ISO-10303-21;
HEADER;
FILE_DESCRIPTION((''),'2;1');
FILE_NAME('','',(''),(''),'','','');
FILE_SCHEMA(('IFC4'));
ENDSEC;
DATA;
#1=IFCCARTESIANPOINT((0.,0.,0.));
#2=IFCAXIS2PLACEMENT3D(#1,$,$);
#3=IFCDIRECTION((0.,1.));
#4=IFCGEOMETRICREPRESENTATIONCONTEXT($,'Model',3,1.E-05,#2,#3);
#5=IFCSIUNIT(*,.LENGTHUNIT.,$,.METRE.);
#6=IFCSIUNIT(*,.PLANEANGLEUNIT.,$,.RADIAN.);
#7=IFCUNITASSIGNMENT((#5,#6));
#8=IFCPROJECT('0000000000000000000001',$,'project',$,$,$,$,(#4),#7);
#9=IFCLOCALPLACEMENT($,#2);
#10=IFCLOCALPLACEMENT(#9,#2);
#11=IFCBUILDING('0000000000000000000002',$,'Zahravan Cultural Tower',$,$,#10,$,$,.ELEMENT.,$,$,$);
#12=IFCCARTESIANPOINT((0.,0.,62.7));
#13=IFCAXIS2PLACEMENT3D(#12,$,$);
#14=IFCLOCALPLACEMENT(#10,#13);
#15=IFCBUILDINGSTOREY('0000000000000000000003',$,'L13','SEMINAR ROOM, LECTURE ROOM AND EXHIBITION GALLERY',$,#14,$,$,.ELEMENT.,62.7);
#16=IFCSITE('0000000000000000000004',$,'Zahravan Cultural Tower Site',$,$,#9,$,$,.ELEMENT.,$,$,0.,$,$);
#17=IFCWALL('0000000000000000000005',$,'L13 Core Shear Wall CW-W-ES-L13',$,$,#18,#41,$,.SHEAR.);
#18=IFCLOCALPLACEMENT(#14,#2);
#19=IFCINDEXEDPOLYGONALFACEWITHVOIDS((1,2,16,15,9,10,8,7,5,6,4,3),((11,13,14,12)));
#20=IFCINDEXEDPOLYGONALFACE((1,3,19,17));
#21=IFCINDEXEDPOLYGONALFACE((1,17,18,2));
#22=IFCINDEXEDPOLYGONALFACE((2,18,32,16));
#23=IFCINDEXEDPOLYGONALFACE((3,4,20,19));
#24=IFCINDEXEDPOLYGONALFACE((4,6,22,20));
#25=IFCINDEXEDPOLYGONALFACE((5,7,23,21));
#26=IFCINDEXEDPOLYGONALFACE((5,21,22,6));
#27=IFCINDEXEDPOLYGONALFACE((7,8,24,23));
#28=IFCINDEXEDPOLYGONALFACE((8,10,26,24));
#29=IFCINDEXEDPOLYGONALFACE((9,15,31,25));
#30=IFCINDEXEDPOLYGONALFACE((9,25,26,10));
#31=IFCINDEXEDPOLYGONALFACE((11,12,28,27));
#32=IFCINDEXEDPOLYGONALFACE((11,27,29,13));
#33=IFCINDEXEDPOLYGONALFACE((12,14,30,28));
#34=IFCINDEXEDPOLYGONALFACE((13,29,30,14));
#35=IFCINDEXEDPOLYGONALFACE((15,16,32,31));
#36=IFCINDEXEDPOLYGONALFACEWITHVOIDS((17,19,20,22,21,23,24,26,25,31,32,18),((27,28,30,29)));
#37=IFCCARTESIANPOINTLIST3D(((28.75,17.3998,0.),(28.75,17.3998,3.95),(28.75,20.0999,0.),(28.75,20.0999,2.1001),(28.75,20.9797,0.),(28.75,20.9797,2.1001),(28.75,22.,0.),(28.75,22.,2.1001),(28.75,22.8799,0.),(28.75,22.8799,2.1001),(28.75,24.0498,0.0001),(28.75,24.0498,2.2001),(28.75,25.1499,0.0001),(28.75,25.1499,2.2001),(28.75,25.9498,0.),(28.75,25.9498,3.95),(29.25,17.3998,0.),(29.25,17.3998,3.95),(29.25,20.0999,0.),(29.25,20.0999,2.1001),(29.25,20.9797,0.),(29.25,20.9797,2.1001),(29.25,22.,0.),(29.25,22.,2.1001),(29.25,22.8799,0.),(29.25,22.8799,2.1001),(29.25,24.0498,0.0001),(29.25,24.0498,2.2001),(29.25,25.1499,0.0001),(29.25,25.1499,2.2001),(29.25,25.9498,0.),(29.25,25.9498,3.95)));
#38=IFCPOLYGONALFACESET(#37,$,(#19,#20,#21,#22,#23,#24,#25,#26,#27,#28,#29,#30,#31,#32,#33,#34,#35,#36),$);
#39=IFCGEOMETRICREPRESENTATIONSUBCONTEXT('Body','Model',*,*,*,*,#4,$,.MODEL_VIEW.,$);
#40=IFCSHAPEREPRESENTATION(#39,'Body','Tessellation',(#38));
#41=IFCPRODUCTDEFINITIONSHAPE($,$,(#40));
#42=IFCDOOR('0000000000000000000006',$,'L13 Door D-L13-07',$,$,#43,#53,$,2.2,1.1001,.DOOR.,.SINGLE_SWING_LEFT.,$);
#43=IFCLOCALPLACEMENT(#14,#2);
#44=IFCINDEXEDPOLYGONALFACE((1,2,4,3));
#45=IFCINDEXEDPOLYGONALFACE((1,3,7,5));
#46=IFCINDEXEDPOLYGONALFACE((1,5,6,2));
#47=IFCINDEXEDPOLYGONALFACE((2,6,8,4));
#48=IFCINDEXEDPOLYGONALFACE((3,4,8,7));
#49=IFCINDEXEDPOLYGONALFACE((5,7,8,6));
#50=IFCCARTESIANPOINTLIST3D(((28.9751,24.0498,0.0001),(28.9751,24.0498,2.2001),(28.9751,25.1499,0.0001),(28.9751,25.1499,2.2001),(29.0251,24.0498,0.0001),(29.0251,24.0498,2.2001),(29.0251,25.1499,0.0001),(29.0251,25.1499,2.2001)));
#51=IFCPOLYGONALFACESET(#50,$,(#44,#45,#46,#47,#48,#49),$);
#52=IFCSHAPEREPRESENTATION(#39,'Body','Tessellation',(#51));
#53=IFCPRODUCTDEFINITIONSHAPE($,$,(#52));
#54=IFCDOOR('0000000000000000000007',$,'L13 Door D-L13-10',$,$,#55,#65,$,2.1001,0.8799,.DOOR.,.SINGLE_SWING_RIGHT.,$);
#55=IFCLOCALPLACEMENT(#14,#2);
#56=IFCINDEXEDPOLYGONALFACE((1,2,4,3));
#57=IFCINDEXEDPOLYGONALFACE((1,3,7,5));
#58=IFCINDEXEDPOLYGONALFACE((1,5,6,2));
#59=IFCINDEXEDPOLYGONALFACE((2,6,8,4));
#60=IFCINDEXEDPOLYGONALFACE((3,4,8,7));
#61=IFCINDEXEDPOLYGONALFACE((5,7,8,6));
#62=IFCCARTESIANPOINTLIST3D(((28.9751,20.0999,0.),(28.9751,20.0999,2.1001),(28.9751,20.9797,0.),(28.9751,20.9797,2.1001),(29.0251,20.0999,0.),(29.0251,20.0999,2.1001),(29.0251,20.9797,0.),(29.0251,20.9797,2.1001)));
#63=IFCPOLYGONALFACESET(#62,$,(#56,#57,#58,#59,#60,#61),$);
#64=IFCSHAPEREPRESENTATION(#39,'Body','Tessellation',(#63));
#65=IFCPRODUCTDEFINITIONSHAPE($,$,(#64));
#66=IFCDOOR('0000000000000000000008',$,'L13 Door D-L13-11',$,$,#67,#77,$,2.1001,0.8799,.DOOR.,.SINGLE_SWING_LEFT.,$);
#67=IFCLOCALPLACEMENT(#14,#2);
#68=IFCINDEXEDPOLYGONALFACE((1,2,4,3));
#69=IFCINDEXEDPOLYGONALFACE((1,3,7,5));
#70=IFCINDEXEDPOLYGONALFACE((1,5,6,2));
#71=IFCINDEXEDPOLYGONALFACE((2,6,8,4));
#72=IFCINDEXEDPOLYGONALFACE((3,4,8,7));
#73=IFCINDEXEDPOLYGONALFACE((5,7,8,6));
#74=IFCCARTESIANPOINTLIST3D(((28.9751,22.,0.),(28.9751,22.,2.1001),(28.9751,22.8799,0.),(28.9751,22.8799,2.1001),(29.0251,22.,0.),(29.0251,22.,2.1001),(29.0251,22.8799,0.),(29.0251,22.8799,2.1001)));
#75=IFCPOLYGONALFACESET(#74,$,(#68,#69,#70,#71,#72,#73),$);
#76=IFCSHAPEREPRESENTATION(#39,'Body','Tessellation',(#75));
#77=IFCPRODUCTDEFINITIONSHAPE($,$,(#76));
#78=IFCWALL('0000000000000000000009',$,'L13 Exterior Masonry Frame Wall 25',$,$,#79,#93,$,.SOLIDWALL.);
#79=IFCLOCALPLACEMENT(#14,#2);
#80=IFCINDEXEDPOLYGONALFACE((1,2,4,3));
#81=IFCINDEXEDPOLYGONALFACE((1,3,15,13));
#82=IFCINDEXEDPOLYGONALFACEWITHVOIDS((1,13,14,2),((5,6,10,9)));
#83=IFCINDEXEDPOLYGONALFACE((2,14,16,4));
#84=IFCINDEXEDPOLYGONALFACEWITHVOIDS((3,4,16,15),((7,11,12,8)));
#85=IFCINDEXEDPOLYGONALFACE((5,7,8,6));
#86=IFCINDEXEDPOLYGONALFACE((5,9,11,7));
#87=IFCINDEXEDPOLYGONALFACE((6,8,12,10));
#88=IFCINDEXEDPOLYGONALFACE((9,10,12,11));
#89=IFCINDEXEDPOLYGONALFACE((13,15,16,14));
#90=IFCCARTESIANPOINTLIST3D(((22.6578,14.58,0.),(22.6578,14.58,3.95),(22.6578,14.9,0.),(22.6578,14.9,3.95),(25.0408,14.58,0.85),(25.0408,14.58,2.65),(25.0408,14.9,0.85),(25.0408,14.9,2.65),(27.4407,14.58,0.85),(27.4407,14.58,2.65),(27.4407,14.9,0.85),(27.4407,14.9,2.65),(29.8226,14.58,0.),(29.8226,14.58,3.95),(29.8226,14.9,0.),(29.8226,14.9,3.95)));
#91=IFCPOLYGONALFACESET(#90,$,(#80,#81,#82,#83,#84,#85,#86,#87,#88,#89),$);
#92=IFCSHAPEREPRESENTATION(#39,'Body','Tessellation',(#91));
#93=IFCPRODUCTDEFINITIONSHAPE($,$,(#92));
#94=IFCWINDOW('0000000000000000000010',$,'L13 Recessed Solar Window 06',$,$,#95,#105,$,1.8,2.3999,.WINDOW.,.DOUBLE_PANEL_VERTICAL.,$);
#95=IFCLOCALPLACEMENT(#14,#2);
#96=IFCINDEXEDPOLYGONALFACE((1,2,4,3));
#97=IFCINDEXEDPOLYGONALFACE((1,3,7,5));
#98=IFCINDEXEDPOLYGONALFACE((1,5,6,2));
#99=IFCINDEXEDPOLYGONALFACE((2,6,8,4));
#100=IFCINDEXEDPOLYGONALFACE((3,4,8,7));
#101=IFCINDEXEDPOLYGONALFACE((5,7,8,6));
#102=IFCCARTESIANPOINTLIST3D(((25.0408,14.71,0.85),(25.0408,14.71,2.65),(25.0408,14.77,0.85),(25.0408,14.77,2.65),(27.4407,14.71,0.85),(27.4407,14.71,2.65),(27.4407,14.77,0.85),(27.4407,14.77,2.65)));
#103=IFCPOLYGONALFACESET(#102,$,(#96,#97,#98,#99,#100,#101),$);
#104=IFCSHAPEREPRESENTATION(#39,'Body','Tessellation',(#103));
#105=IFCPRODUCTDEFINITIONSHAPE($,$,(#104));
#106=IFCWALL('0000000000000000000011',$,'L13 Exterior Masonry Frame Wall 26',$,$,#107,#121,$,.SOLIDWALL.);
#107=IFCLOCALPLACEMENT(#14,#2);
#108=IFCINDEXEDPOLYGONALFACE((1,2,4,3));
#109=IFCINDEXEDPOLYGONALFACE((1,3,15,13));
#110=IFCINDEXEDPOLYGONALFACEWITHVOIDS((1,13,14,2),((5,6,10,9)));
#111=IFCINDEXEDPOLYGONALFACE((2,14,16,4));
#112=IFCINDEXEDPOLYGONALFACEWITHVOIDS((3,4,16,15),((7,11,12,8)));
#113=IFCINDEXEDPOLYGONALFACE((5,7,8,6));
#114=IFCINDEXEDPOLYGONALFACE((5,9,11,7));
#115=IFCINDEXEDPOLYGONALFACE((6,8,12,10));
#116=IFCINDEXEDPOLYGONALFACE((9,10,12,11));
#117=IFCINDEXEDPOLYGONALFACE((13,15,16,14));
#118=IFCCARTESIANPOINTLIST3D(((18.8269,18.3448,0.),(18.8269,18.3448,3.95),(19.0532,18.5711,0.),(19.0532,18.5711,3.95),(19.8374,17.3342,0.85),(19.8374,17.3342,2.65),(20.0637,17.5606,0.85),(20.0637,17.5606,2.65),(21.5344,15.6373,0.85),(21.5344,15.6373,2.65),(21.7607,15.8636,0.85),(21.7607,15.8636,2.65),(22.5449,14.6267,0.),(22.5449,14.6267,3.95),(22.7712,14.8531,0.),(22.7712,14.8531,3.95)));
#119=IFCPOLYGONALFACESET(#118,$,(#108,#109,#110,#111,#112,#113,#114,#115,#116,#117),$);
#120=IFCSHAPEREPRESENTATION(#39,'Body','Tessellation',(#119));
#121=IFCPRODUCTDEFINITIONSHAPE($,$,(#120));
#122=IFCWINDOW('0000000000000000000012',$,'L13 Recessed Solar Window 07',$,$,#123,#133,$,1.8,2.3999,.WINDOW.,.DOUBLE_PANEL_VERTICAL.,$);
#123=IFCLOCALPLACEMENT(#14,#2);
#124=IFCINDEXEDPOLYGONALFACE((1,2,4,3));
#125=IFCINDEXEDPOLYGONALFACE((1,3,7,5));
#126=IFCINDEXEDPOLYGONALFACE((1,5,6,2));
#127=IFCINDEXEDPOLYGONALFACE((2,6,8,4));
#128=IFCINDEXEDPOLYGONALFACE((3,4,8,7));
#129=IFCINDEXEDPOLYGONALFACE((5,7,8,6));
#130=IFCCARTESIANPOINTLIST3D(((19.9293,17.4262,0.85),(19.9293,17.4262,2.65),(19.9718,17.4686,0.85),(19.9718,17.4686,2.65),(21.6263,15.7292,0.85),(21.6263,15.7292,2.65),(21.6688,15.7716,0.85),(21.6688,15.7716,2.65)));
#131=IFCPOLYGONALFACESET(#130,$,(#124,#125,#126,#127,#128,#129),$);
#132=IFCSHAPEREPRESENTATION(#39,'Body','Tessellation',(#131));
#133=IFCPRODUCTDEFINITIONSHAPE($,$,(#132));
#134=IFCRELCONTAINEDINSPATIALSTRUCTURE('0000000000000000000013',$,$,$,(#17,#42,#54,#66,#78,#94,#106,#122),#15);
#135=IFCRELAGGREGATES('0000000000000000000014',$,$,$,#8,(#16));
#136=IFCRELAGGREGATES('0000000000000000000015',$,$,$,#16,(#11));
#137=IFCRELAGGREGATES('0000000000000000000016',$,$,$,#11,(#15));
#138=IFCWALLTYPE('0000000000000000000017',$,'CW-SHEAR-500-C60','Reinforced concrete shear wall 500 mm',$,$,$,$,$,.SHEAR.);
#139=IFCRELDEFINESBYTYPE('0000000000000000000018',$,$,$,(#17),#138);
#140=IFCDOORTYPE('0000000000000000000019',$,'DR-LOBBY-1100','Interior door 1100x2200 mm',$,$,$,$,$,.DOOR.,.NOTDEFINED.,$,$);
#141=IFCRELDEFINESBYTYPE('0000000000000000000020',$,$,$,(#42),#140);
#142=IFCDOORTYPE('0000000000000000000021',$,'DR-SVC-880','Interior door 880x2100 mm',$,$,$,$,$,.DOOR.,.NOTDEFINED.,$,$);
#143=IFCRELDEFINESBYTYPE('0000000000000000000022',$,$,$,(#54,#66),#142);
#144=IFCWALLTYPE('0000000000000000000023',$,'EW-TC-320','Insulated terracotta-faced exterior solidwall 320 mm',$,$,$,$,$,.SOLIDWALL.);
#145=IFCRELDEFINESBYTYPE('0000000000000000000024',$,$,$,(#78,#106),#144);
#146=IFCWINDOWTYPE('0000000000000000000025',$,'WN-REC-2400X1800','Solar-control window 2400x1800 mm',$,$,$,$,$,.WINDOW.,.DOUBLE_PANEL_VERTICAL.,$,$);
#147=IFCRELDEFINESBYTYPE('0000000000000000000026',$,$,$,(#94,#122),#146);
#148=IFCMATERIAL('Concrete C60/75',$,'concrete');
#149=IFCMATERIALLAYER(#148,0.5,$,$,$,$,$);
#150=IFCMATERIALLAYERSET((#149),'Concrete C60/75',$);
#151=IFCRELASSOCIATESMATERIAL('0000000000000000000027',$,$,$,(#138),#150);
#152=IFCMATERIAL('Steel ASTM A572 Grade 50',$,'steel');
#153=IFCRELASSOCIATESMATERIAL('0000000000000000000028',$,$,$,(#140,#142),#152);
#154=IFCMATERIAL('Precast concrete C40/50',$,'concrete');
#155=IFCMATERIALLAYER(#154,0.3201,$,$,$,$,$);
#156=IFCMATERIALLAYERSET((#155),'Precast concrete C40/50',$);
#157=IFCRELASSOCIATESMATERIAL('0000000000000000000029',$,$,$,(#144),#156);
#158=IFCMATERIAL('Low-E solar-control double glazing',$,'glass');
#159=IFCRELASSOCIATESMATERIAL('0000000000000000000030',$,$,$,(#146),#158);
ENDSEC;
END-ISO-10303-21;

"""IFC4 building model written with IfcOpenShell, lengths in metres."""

from ifc_helpers import new_model, si_unit, direction, frame, frame_2d, origin, place, context, subcontext, project, spatial, rectangle, extrude, source, transform, mapped, material, layer, layer_set, type_object, element, fill, save


model = new_model("IFC4")

# Units and contexts
model_context = context("Model", 3, precision=1e-05, world=origin(), true_north=direction((0.0, 1.0)))
body_context = subcontext(model_context, "Body", "Model", "MODEL_VIEW")
ifc_project = project(units=[si_unit("LENGTHUNIT", "METRE"), si_unit("PLANEANGLEUNIT", "RADIAN")], contexts=[model_context])

# Site, building, storey
site_placement = place(None, origin())
site = spatial("IfcSite", under=ifc_project, at=site_placement, Name="Zahravan Cultural Tower Site", CompositionType="ELEMENT", RefElevation=0.0)
building_placement = place(site_placement, origin())
building = spatial("IfcBuilding", under=site, at=building_placement, Name="Zahravan Cultural Tower", CompositionType="ELEMENT")
storey_placement = place(building_placement, frame((0.0, 0.0, 62.7)))
storey = spatial("IfcBuildingStorey", under=building, at=storey_placement, Name="L13", Description="SEMINAR ROOM, LECTURE ROOM AND EXHIBITION GALLERY", CompositionType="ELEMENT", Elevation=62.7)

# Shared definitions
ifc_material_1 = material(Name="Concrete C60/75", Category="concrete")

# Shared definitions
ifc_material_2 = material(Name="Low-E solar-control double glazing", Category="glass")

# Wall, openings, doors
ifc_layer_1 = layer(ifc_material_1, 0.5)
ifc_layer_set_1 = layer_set([ifc_layer_1], Name="Concrete C60/75")
wall_type_1 = type_object("IfcWallType", Name="CW-SHEAR-500-C60", Description="Reinforced concrete shear wall 500 mm", PredefinedType="SHEAR", material=ifc_layer_set_1)
wall_1_placement = place(storey_placement, frame((29.0, 17.3999, 0.0), z_axis=(0.0, 0.0, 1.0), x_axis=(0.0, 1.0, 0.0)))
wall_1 = element("IfcWall", 1, at=wall_1_placement, inside=storey, type_object=wall_type_1, Name="L13 Core Shear Wall CW-W-ES-L13", PredefinedType="SHEAR", context=body_context, shape_type="SweptSolid", body=[
    extrude(rectangle(XDim=8.55, YDim=0.5, at=frame_2d((4.2749, 0.0))), origin(), (0.0, 0.0, 1.0), 3.95),
])
opening_1_placement = place(wall_1_placement, frame((6.6499, 0.0, 0.0)))
opening_1 = element("IfcOpeningElement", 2, at=opening_1_placement, cuts=wall_1, PredefinedType="OPENING", context=body_context, shape_type="SweptSolid", body=[
    extrude(rectangle(XDim=1.1001, YDim=2.2, at=frame_2d((0.55, 1.1001))), frame((0.0, 0.26, 0.0), z_axis=(0.0, -1.0, 0.0), x_axis=(1.0, 0.0, 0.0)), (0.0, 0.0, 1.0), 0.52),
])
opening_2_placement = place(wall_1_placement, frame((2.7, 0.0, 0.0)))
opening_2 = element("IfcOpeningElement", 3, at=opening_2_placement, cuts=wall_1, PredefinedType="OPENING", context=body_context, shape_type="SweptSolid", body=[
    extrude(rectangle(XDim=0.8799, YDim=2.1001, at=frame_2d((0.4399, 1.05))), frame((0.0, 0.26, 0.0), z_axis=(0.0, -1.0, 0.0), x_axis=(1.0, 0.0, 0.0)), (0.0, 0.0, 1.0), 0.52),
])
opening_3_placement = place(wall_1_placement, frame((4.6001, 0.0, 0.0)))
opening_3 = element("IfcOpeningElement", 4, at=opening_3_placement, cuts=wall_1, PredefinedType="OPENING", context=body_context, shape_type="SweptSolid", body=[
    extrude(rectangle(XDim=0.8799, YDim=2.1001, at=frame_2d((0.4399, 1.05))), frame((0.0, 0.26, 0.0), z_axis=(0.0, -1.0, 0.0), x_axis=(1.0, 0.0, 0.0)), (0.0, 0.0, 1.0), 0.52),
])
ifc_material_3 = material(Name="Steel ASTM A572 Grade 50", Category="steel")
door_type_1 = type_object("IfcDoorType", Name="DR-LOBBY-1100", Description="Interior door 1100x2200 mm", OperationType="NOTDEFINED", PredefinedType="DOOR", material=ifc_material_3)
shared_shape_1 = source(origin(), body_context, "Body", "SweptSolid", [
    extrude(rectangle(XDim=1.1001, YDim=2.2, at=frame_2d((0.55, 1.1001))), frame((0.0, 0.0249, 0.0), z_axis=(0.0, -1.0, 0.0), x_axis=(1.0, 0.0, 0.0)), (0.0, 0.0, 1.0), 0.05),
])
door_1_placement = place(opening_1_placement, origin())
door_1 = element("IfcDoor", 5, at=door_1_placement, inside=storey, type_object=door_type_1, Name="L13 Door D-L13-07", OperationType="SINGLE_SWING_LEFT", OverallHeight=2.2, OverallWidth=1.1001, PredefinedType="DOOR", context=body_context, shape_type="MappedRepresentation", body=[
    mapped(shared_shape_1, transform((0.0, 0.0, 0.0), x_axis=(1.0, 0.0, 0.0), y_axis=(0.0, 1.0, 0.0), z_axis=(0.0, 0.0, 1.0), scale=1.0)),
])
fill(opening_1, door_1)
door_type_2 = type_object("IfcDoorType", Name="DR-SVC-880", Description="Interior door 880x2100 mm", OperationType="NOTDEFINED", PredefinedType="DOOR", material=ifc_material_3)
shared_shape_2 = source(origin(), body_context, "Body", "SweptSolid", [
    extrude(rectangle(XDim=0.8799, YDim=2.1001, at=frame_2d((0.4399, 1.05))), frame((0.0, 0.0249, 0.0), z_axis=(0.0, -1.0, 0.0), x_axis=(1.0, 0.0, 0.0)), (0.0, 0.0, 1.0), 0.05),
])
door_2_placement = place(opening_2_placement, origin())
door_2 = element("IfcDoor", 6, at=door_2_placement, inside=storey, type_object=door_type_2, Name="L13 Door D-L13-10", OperationType="SINGLE_SWING_RIGHT", OverallHeight=2.1001, OverallWidth=0.8799, PredefinedType="DOOR", context=body_context, shape_type="MappedRepresentation", body=[
    mapped(shared_shape_2, transform((0.0, 0.0, 0.0), x_axis=(1.0, 0.0, 0.0), y_axis=(0.0, 1.0, 0.0), z_axis=(0.0, 0.0, 1.0), scale=1.0)),
])
fill(opening_2, door_2)
door_3_placement = place(opening_3_placement, origin())
door_3 = element("IfcDoor", 7, at=door_3_placement, inside=storey, type_object=door_type_2, Name="L13 Door D-L13-11", OperationType="SINGLE_SWING_LEFT", OverallHeight=2.1001, OverallWidth=0.8799, PredefinedType="DOOR", context=body_context, shape_type="MappedRepresentation", body=[
    mapped(shared_shape_2, transform((0.0, 0.0, 0.0), x_axis=(1.0, 0.0, 0.0), y_axis=(0.0, 1.0, 0.0), z_axis=(0.0, 0.0, 1.0), scale=1.0)),
])
fill(opening_3, door_3)

# Walls, openings, windows
ifc_material_4 = material(Name="Precast concrete C40/50", Category="concrete")
ifc_layer_2 = layer(ifc_material_4, 0.3201)
ifc_layer_set_2 = layer_set([ifc_layer_2], Name="Precast concrete C40/50")
wall_type_2 = type_object("IfcWallType", Name="EW-TC-320", Description="Insulated terracotta-faced exterior solidwall 320 mm", PredefinedType="SOLIDWALL", material=ifc_layer_set_2)
wall_2_placement = place(storey_placement, frame((29.8228, 14.74, 0.0), z_axis=(0.0, 0.0, 1.0), x_axis=(-1.0, 0.0, 0.0)))
wall_2 = element("IfcWall", 8, at=wall_2_placement, inside=storey, type_object=wall_type_2, Name="L13 Exterior Masonry Frame Wall 25", PredefinedType="SOLIDWALL", context=body_context, shape_type="SweptSolid", body=[
    extrude(rectangle(XDim=7.1648, YDim=0.3201, at=frame_2d((3.5825, 0.0))), origin(), (0.0, 0.0, 1.0), 3.95),
])
opening_4_placement = place(wall_2_placement, frame((2.3821, 0.0, 0.8501)))
opening_4 = element("IfcOpeningElement", 9, at=opening_4_placement, cuts=wall_2, PredefinedType="OPENING", context=body_context, shape_type="SweptSolid", body=[
    extrude(rectangle(XDim=2.3999, YDim=1.8, at=frame_2d((1.2, 0.8999))), frame((0.0, 0.1699, 0.0), z_axis=(0.0, -1.0, 0.0), x_axis=(1.0, 0.0, 0.0)), (0.0, 0.0, 1.0), 0.3401),
])
window_type = type_object("IfcWindowType", Name="WN-REC-2400X1800", Description="Solar-control window 2400x1800 mm", PartitioningType="DOUBLE_PANEL_VERTICAL", PredefinedType="WINDOW", material=ifc_material_2)
shared_shape_3 = source(origin(), body_context, "Body", "SweptSolid", [
    extrude(rectangle(XDim=2.3999, YDim=1.8, at=frame_2d((1.2, 0.8999))), frame((0.0, 0.03, 0.0), z_axis=(0.0, -1.0, 0.0), x_axis=(1.0, 0.0, 0.0)), (0.0, 0.0, 1.0), 0.0601),
])
window_1_placement = place(opening_4_placement, origin())
window_1 = element("IfcWindow", 10, at=window_1_placement, inside=storey, type_object=window_type, Name="L13 Recessed Solar Window 06", OverallHeight=1.8, OverallWidth=2.3999, PartitioningType="DOUBLE_PANEL_VERTICAL", PredefinedType="WINDOW", context=body_context, shape_type="MappedRepresentation", body=[
    mapped(shared_shape_3, transform((0.0, 0.0, 0.0), x_axis=(1.0, 0.0, 0.0), y_axis=(0.0, 1.0, 0.0), z_axis=(0.0, 0.0, 1.0), scale=1.0)),
])
fill(opening_4, window_1)
wall_3_placement = place(storey_placement, frame((22.658, 14.74, 0.0), z_axis=(0.0, 0.0, 1.0), x_axis=(-0.707107, 0.707107, 0.0)))
wall_3 = element("IfcWall", 11, at=wall_3_placement, inside=storey, type_object=wall_type_2, Name="L13 Exterior Masonry Frame Wall 26", PredefinedType="SOLIDWALL", context=body_context, shape_type="SweptSolid", body=[
    extrude(rectangle(XDim=5.2581, YDim=0.3201, at=frame_2d((2.6289, 0.0))), origin(), (0.0, 0.0, 1.0), 3.95),
])
opening_5_placement = place(wall_3_placement, frame((1.429, 0.0, 0.8501)))
opening_5 = element("IfcOpeningElement", 12, at=opening_5_placement, cuts=wall_3, PredefinedType="OPENING", context=body_context, shape_type="SweptSolid", body=[
    extrude(rectangle(XDim=2.3999, YDim=1.8, at=frame_2d((1.2, 0.8999))), frame((0.0, 0.1699, 0.0), z_axis=(0.0, -1.0, 0.0), x_axis=(1.0, 0.0, 0.0)), (0.0, 0.0, 1.0), 0.3401),
])
window_2_placement = place(opening_5_placement, origin())
window_2 = element("IfcWindow", 13, at=window_2_placement, inside=storey, type_object=window_type, Name="L13 Recessed Solar Window 07", OverallHeight=1.8, OverallWidth=2.3999, PartitioningType="DOUBLE_PANEL_VERTICAL", PredefinedType="WINDOW", context=body_context, shape_type="MappedRepresentation", body=[
    mapped(shared_shape_3, transform((0.0, 0.0, 0.0), x_axis=(1.0, 0.0, 0.0), y_axis=(0.0, 1.0, 0.0), z_axis=(0.0, 0.0, 1.0), scale=1.0)),
])
fill(opening_5, window_2)

save(model, "model.ifc")
